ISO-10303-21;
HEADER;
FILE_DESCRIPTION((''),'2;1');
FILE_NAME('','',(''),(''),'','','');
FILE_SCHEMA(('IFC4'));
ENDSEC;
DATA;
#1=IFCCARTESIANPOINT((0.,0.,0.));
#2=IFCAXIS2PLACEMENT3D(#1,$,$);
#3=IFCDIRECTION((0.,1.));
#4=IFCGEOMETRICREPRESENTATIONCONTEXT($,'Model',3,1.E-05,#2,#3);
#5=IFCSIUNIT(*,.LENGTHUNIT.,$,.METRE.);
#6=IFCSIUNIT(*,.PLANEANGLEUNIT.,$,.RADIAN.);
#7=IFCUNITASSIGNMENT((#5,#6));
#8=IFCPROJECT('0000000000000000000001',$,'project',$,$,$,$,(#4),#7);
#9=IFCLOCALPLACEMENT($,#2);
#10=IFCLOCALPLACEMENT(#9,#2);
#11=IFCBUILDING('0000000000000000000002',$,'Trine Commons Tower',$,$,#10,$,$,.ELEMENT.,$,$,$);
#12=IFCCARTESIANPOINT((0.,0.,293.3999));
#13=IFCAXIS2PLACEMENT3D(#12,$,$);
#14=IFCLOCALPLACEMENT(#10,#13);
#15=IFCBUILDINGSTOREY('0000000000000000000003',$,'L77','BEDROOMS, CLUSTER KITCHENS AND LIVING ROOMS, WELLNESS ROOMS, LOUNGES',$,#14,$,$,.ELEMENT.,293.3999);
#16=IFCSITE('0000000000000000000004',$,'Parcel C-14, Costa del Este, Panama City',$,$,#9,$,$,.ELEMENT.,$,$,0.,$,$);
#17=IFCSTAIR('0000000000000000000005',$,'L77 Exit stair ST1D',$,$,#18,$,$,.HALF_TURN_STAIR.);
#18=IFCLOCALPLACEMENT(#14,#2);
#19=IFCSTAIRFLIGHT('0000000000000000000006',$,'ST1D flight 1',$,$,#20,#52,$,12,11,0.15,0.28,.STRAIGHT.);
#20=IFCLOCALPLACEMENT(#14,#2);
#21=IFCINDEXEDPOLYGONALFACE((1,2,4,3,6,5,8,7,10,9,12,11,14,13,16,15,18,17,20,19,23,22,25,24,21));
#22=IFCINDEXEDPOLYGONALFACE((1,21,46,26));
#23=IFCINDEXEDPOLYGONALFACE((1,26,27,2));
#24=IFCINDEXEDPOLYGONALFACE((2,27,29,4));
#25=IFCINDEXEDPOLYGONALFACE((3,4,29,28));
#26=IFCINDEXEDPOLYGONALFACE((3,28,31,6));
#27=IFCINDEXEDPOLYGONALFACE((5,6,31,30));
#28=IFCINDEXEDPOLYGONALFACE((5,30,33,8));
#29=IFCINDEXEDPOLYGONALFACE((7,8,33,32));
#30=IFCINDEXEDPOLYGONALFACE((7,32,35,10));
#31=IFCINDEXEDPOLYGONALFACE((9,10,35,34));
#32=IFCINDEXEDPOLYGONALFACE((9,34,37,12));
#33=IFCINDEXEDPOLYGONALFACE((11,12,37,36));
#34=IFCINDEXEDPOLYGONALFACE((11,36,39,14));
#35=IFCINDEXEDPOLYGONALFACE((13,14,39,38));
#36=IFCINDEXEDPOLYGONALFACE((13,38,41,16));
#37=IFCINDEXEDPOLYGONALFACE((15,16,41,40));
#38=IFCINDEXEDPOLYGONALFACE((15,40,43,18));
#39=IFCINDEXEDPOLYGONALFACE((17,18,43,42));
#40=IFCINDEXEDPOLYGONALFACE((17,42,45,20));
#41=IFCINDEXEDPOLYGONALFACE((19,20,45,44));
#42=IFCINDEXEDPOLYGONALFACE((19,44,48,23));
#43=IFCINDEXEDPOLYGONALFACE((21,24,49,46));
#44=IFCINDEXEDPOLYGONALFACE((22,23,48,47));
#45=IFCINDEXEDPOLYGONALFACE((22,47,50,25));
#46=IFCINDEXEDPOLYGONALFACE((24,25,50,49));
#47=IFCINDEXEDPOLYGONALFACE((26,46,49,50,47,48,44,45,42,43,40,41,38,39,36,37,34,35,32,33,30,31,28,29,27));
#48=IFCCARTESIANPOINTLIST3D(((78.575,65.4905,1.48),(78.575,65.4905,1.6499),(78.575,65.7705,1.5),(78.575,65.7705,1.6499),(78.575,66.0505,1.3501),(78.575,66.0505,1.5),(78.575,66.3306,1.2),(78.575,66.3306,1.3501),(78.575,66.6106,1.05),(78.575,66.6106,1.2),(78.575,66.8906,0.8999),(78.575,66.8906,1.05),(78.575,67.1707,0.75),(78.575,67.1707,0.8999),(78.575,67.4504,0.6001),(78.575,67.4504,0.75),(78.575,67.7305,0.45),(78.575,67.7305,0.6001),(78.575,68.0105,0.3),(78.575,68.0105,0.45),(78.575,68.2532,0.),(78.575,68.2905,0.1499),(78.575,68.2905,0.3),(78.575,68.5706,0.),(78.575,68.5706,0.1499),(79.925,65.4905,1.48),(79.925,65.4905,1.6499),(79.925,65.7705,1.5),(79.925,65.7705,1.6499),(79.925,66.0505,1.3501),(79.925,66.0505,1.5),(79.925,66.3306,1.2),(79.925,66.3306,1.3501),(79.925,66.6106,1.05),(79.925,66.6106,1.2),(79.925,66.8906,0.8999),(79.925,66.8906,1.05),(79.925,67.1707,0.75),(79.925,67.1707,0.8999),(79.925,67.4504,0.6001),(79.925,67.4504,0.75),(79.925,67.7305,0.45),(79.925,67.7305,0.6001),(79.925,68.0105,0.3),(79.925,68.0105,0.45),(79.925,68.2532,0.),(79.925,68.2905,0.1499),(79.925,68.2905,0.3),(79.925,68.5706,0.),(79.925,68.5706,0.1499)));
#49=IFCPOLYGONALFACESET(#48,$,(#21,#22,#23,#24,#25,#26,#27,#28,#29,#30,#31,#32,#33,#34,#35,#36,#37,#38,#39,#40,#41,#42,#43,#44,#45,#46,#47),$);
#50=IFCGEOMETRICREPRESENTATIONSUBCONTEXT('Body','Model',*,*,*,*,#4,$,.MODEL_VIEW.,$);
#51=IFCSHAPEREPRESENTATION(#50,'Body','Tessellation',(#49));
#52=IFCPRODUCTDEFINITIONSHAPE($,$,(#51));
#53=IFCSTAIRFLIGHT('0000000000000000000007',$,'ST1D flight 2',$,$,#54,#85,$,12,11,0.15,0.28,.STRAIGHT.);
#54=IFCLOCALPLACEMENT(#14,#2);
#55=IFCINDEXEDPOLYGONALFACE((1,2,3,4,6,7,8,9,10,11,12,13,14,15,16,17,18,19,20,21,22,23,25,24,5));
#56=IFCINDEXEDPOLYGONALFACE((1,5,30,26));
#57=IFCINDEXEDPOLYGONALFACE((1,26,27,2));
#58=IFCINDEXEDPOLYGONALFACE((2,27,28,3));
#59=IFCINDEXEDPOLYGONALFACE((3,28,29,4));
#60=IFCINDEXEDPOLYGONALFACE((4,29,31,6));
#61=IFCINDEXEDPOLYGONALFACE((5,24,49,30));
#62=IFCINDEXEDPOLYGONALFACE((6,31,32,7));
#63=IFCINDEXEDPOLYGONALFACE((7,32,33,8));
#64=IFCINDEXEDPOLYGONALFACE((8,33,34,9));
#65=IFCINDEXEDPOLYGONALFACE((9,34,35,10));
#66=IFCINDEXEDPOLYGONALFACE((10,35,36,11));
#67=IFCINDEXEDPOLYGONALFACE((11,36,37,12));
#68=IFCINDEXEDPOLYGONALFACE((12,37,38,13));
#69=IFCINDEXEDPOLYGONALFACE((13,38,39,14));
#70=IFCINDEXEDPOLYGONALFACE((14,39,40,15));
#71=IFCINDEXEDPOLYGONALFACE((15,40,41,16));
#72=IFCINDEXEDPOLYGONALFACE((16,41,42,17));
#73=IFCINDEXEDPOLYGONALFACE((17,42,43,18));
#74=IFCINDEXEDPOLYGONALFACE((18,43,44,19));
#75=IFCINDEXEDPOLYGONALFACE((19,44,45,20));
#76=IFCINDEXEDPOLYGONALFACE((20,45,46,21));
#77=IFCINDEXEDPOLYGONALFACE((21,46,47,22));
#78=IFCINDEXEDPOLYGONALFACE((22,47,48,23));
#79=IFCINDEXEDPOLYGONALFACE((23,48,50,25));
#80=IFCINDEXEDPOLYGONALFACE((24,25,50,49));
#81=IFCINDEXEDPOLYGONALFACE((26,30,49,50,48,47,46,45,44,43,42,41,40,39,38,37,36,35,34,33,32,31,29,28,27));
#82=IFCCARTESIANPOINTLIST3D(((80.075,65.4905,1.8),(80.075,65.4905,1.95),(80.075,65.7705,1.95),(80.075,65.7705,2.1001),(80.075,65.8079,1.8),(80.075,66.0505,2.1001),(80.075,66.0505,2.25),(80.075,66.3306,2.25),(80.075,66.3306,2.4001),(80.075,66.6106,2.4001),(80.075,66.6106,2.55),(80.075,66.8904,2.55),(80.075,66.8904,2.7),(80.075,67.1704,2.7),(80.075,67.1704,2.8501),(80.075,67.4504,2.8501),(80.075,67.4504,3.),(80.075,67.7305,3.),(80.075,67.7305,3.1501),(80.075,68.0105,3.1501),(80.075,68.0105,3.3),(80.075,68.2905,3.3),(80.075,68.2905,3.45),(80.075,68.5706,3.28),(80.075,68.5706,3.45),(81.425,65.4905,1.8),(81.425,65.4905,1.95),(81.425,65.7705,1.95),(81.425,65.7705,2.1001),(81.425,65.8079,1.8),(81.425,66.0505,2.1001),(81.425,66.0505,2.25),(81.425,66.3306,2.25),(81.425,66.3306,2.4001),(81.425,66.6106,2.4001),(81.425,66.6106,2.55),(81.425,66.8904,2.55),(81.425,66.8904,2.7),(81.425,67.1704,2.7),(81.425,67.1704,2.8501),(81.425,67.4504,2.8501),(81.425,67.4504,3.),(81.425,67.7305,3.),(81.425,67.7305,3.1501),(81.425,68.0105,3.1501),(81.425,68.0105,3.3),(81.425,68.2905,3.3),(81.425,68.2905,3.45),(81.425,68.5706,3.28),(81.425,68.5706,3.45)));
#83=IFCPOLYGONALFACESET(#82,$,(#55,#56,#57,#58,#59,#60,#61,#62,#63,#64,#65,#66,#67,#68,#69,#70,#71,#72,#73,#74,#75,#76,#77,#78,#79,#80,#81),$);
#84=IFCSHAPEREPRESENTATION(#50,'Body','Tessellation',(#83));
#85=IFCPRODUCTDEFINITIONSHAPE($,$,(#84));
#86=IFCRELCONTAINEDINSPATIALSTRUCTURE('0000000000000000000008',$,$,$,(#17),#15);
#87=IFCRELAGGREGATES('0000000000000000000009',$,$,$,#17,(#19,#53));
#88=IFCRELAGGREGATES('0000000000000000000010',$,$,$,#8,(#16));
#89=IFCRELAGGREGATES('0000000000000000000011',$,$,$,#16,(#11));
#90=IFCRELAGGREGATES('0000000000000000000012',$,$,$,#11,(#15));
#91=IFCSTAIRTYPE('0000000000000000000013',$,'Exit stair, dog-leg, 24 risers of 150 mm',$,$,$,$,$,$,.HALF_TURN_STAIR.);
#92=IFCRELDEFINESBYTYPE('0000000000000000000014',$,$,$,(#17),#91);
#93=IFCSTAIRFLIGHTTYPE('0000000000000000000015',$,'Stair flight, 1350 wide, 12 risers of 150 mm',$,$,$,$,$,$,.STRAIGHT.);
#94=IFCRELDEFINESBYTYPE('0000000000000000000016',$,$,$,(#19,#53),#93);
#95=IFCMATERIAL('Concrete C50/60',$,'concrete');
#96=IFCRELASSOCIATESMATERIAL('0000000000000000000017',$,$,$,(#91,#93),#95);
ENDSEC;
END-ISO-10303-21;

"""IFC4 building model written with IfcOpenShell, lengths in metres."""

from ifc_helpers import new_model, si_unit, direction, frame, origin, place, context, subcontext, project, spatial, polyline, outline, extrude, material, type_object, element, aggregate, save


model = new_model("IFC4")

# Units and contexts
model_context = context("Model", 3, precision=1e-05, world=origin(), true_north=direction((0.0, 1.0)))
body_context = subcontext(model_context, "Body", "Model", "MODEL_VIEW")
ifc_project = project(units=[si_unit("LENGTHUNIT", "METRE"), si_unit("PLANEANGLEUNIT", "RADIAN")], contexts=[model_context])

# Site, building, storey
site_placement = place(None, origin())
site = spatial("IfcSite", under=ifc_project, at=site_placement, Name="Parcel C-14, Costa del Este, Panama City", CompositionType="ELEMENT", RefElevation=0.0)
building_placement = place(site_placement, origin())
building = spatial("IfcBuilding", under=site, at=building_placement, Name="Trine Commons Tower", CompositionType="ELEMENT")
storey_placement = place(building_placement, frame((0.0, 0.0, 293.3999)))
storey = spatial("IfcBuildingStorey", under=building, at=storey_placement, Name="L77", Description="BEDROOMS, CLUSTER KITCHENS AND LIVING ROOMS, WELLNESS ROOMS, LOUNGES", CompositionType="ELEMENT", Elevation=293.3999)

# Shared definitions
ifc_material_1 = material(Name="Concrete C50/60", Category="concrete")

# Stair, stair flights
stair_type = type_object("IfcStairType", Name="Exit stair, dog-leg, 24 risers of 150 mm", PredefinedType="HALF_TURN_STAIR", material=ifc_material_1)
stair_placement = place(storey_placement, origin())
stair = element("IfcStair", 1, at=stair_placement, inside=storey, type_object=stair_type, Name="L77 Exit stair ST1D", PredefinedType="HALF_TURN_STAIR")
stair_flight_type = type_object("IfcStairFlightType", Name="Stair flight, 1350 wide, 12 risers of 150 mm", PredefinedType="STRAIGHT", material=ifc_material_1)
stair_flight_1_placement = place(storey_placement, frame((79.25, 68.5706, 0.0), z_axis=(0.0, 0.0, 1.0), x_axis=(0.0, -1.0, 0.0)))
stair_flight_1 = element("IfcStairFlight", 2, at=stair_flight_1_placement, type_object=stair_flight_type, Name="ST1D flight 1", NumberOfRisers=12, NumberOfTreads=11, PredefinedType="STRAIGHT", RiserHeight=0.15, TreadLength=0.28, context=body_context, shape_type="SweptSolid", body=[
    extrude(outline(polyline([(0.0, 0.0), (0.0, 0.1499), (0.28, 0.1499), (0.28, 0.3), (0.5601, 0.3), (0.5601, 0.45), (0.8401, 0.45), (0.8401, 0.6001), (1.1201, 0.6001), (1.1201, 0.75), (1.3999, 0.75), (1.3999, 0.8999), (1.6799, 0.8999), (1.6799, 1.05), (1.96, 1.05), (1.96, 1.2), (2.24, 1.2), (2.24, 1.3501), (2.52, 1.3501), (2.52, 1.5), (2.8, 1.5), (2.8, 1.6499), (3.0801, 1.6499), (3.0801, 1.8), (3.0801, 1.48), (0.3174, 0.0), (0.0, 0.0)])), frame((0.0, 0.675, 0.0), z_axis=(0.0, -1.0, 0.0), x_axis=(1.0, 0.0, 0.0)), (0.0, 0.0, 1.0), 1.3501),
])
stair_flight_2_placement = place(storey_placement, frame((80.75, 65.4905, 1.8), z_axis=(0.0, 0.0, 1.0), x_axis=(0.0, 1.0, 0.0)))
stair_flight_2 = element("IfcStairFlight", 3, at=stair_flight_2_placement, type_object=stair_flight_type, Name="ST1D flight 2", NumberOfRisers=12, NumberOfTreads=11, PredefinedType="STRAIGHT", RiserHeight=0.15, TreadLength=0.28, context=body_context, shape_type="SweptSolid", body=[
    extrude(outline(polyline([(0.0, 0.0), (0.0, 0.1499), (0.28, 0.1499), (0.28, 0.3), (0.5601, 0.3), (0.5601, 0.45), (0.8401, 0.45), (0.8401, 0.6001), (1.1201, 0.6001), (1.1201, 0.75), (1.3999, 0.75), (1.3999, 0.8999), (1.6799, 0.8999), (1.6799, 1.05), (1.96, 1.05), (1.96, 1.2), (2.24, 1.2), (2.24, 1.3501), (2.52, 1.3501), (2.52, 1.5), (2.8, 1.5), (2.8, 1.6499), (3.0801, 1.6499), (3.0801, 1.8), (3.0801, 1.48), (0.3174, 0.0), (0.0, 0.0)])), frame((0.0, 0.675, 0.0), z_axis=(0.0, -1.0, 0.0), x_axis=(1.0, 0.0, 0.0)), (0.0, 0.0, 1.0), 1.3501),
])
aggregate(stair, [stair_flight_1, stair_flight_2])

save(model, "model.ifc")
